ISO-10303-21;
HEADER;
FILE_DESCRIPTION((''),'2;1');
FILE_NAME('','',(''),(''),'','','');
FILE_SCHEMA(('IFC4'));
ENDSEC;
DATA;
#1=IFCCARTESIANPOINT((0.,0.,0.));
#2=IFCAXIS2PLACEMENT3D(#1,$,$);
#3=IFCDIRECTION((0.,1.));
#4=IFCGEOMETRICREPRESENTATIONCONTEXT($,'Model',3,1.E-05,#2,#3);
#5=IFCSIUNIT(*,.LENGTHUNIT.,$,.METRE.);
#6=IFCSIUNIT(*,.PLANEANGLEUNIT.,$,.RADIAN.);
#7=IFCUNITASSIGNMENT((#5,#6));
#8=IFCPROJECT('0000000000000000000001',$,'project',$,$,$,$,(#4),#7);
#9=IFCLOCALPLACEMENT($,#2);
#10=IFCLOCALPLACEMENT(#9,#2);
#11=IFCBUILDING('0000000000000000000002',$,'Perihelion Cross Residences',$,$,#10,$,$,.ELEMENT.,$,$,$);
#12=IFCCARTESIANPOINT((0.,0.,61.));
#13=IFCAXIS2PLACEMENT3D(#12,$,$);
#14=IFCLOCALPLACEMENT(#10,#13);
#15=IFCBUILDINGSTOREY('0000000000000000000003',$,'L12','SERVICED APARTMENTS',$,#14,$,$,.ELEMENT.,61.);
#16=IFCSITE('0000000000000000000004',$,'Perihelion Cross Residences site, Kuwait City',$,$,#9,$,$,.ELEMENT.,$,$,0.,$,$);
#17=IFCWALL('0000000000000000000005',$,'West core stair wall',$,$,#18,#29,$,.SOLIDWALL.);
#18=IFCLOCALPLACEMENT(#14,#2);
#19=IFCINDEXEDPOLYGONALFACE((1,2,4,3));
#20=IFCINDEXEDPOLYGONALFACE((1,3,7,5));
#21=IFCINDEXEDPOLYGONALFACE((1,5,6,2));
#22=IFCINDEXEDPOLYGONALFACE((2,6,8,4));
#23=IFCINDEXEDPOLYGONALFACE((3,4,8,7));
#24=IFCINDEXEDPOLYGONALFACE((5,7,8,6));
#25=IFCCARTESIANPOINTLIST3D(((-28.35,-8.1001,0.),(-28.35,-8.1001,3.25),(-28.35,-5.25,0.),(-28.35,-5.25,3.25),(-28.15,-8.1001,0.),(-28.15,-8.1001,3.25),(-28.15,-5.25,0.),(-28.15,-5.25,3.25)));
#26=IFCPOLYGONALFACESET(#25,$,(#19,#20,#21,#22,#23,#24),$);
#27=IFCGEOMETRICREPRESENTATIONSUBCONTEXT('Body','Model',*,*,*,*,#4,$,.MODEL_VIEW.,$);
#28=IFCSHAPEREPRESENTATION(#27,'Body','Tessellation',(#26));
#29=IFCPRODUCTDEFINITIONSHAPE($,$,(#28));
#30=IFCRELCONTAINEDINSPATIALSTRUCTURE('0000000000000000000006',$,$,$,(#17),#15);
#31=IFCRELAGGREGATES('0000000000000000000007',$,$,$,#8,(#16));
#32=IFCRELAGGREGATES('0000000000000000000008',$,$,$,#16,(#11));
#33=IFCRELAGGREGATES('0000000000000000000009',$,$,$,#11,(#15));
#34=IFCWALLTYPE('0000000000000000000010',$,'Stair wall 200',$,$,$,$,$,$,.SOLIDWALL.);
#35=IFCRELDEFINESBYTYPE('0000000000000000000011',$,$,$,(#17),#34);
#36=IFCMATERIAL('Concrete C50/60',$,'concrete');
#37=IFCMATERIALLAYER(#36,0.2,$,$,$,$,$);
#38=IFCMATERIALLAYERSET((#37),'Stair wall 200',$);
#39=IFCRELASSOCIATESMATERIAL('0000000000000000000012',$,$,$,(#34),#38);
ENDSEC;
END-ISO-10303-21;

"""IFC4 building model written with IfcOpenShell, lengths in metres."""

from ifc_helpers import new_model, si_unit, direction, frame, frame_2d, origin, place, context, subcontext, project, spatial, rectangle, extrude, material, layer, layer_set, type_object, element, save


model = new_model("IFC4")

# Units and contexts
model_context = context("Model", 3, precision=1e-05, world=origin(), true_north=direction((0.0, 1.0)))
body_context = subcontext(model_context, "Body", "Model", "MODEL_VIEW")
ifc_project = project(units=[si_unit("LENGTHUNIT", "METRE"), si_unit("PLANEANGLEUNIT", "RADIAN")], contexts=[model_context])

# Site, building, storey
site_placement = place(None, origin())
site = spatial("IfcSite", under=ifc_project, at=site_placement, Name="Perihelion Cross Residences site, Kuwait City", CompositionType="ELEMENT", RefElevation=0.0)
building_placement = place(site_placement, origin())
building = spatial("IfcBuilding", under=site, at=building_placement, Name="Perihelion Cross Residences", CompositionType="ELEMENT")
storey_placement = place(building_placement, frame((0.0, 0.0, 61.0)))
storey = spatial("IfcBuildingStorey", under=building, at=storey_placement, Name="L12", Description="SERVICED APARTMENTS", CompositionType="ELEMENT", Elevation=61.0)

# Shared definitions
ifc_material_1 = material(Name="Concrete C50/60", Category="concrete")
ifc_layer_1 = layer(ifc_material_1, 0.2)
ifc_layer_set_1 = layer_set([ifc_layer_1], Name="Stair wall 200")
wall_type_1 = type_object("IfcWallType", Name="Stair wall 200", PredefinedType="SOLIDWALL", material=ifc_layer_set_1)

# Wall
wall_1_placement = place(storey_placement, frame((-28.25, -8.1001, 0.0), z_axis=(0.0, 0.0, 1.0), x_axis=(0.0, 1.0, 0.0)))
element("IfcWall", 1, at=wall_1_placement, inside=storey, type_object=wall_type_1, Name="West core stair wall", PredefinedType="SOLIDWALL", context=body_context, shape_type="SweptSolid", body=[
    extrude(rectangle(XDim=2.8501, YDim=0.2, at=frame_2d((1.425, 0.0))), origin(), (0.0, 0.0, 1.0), 3.25),
])

save(model, "model.ifc")
